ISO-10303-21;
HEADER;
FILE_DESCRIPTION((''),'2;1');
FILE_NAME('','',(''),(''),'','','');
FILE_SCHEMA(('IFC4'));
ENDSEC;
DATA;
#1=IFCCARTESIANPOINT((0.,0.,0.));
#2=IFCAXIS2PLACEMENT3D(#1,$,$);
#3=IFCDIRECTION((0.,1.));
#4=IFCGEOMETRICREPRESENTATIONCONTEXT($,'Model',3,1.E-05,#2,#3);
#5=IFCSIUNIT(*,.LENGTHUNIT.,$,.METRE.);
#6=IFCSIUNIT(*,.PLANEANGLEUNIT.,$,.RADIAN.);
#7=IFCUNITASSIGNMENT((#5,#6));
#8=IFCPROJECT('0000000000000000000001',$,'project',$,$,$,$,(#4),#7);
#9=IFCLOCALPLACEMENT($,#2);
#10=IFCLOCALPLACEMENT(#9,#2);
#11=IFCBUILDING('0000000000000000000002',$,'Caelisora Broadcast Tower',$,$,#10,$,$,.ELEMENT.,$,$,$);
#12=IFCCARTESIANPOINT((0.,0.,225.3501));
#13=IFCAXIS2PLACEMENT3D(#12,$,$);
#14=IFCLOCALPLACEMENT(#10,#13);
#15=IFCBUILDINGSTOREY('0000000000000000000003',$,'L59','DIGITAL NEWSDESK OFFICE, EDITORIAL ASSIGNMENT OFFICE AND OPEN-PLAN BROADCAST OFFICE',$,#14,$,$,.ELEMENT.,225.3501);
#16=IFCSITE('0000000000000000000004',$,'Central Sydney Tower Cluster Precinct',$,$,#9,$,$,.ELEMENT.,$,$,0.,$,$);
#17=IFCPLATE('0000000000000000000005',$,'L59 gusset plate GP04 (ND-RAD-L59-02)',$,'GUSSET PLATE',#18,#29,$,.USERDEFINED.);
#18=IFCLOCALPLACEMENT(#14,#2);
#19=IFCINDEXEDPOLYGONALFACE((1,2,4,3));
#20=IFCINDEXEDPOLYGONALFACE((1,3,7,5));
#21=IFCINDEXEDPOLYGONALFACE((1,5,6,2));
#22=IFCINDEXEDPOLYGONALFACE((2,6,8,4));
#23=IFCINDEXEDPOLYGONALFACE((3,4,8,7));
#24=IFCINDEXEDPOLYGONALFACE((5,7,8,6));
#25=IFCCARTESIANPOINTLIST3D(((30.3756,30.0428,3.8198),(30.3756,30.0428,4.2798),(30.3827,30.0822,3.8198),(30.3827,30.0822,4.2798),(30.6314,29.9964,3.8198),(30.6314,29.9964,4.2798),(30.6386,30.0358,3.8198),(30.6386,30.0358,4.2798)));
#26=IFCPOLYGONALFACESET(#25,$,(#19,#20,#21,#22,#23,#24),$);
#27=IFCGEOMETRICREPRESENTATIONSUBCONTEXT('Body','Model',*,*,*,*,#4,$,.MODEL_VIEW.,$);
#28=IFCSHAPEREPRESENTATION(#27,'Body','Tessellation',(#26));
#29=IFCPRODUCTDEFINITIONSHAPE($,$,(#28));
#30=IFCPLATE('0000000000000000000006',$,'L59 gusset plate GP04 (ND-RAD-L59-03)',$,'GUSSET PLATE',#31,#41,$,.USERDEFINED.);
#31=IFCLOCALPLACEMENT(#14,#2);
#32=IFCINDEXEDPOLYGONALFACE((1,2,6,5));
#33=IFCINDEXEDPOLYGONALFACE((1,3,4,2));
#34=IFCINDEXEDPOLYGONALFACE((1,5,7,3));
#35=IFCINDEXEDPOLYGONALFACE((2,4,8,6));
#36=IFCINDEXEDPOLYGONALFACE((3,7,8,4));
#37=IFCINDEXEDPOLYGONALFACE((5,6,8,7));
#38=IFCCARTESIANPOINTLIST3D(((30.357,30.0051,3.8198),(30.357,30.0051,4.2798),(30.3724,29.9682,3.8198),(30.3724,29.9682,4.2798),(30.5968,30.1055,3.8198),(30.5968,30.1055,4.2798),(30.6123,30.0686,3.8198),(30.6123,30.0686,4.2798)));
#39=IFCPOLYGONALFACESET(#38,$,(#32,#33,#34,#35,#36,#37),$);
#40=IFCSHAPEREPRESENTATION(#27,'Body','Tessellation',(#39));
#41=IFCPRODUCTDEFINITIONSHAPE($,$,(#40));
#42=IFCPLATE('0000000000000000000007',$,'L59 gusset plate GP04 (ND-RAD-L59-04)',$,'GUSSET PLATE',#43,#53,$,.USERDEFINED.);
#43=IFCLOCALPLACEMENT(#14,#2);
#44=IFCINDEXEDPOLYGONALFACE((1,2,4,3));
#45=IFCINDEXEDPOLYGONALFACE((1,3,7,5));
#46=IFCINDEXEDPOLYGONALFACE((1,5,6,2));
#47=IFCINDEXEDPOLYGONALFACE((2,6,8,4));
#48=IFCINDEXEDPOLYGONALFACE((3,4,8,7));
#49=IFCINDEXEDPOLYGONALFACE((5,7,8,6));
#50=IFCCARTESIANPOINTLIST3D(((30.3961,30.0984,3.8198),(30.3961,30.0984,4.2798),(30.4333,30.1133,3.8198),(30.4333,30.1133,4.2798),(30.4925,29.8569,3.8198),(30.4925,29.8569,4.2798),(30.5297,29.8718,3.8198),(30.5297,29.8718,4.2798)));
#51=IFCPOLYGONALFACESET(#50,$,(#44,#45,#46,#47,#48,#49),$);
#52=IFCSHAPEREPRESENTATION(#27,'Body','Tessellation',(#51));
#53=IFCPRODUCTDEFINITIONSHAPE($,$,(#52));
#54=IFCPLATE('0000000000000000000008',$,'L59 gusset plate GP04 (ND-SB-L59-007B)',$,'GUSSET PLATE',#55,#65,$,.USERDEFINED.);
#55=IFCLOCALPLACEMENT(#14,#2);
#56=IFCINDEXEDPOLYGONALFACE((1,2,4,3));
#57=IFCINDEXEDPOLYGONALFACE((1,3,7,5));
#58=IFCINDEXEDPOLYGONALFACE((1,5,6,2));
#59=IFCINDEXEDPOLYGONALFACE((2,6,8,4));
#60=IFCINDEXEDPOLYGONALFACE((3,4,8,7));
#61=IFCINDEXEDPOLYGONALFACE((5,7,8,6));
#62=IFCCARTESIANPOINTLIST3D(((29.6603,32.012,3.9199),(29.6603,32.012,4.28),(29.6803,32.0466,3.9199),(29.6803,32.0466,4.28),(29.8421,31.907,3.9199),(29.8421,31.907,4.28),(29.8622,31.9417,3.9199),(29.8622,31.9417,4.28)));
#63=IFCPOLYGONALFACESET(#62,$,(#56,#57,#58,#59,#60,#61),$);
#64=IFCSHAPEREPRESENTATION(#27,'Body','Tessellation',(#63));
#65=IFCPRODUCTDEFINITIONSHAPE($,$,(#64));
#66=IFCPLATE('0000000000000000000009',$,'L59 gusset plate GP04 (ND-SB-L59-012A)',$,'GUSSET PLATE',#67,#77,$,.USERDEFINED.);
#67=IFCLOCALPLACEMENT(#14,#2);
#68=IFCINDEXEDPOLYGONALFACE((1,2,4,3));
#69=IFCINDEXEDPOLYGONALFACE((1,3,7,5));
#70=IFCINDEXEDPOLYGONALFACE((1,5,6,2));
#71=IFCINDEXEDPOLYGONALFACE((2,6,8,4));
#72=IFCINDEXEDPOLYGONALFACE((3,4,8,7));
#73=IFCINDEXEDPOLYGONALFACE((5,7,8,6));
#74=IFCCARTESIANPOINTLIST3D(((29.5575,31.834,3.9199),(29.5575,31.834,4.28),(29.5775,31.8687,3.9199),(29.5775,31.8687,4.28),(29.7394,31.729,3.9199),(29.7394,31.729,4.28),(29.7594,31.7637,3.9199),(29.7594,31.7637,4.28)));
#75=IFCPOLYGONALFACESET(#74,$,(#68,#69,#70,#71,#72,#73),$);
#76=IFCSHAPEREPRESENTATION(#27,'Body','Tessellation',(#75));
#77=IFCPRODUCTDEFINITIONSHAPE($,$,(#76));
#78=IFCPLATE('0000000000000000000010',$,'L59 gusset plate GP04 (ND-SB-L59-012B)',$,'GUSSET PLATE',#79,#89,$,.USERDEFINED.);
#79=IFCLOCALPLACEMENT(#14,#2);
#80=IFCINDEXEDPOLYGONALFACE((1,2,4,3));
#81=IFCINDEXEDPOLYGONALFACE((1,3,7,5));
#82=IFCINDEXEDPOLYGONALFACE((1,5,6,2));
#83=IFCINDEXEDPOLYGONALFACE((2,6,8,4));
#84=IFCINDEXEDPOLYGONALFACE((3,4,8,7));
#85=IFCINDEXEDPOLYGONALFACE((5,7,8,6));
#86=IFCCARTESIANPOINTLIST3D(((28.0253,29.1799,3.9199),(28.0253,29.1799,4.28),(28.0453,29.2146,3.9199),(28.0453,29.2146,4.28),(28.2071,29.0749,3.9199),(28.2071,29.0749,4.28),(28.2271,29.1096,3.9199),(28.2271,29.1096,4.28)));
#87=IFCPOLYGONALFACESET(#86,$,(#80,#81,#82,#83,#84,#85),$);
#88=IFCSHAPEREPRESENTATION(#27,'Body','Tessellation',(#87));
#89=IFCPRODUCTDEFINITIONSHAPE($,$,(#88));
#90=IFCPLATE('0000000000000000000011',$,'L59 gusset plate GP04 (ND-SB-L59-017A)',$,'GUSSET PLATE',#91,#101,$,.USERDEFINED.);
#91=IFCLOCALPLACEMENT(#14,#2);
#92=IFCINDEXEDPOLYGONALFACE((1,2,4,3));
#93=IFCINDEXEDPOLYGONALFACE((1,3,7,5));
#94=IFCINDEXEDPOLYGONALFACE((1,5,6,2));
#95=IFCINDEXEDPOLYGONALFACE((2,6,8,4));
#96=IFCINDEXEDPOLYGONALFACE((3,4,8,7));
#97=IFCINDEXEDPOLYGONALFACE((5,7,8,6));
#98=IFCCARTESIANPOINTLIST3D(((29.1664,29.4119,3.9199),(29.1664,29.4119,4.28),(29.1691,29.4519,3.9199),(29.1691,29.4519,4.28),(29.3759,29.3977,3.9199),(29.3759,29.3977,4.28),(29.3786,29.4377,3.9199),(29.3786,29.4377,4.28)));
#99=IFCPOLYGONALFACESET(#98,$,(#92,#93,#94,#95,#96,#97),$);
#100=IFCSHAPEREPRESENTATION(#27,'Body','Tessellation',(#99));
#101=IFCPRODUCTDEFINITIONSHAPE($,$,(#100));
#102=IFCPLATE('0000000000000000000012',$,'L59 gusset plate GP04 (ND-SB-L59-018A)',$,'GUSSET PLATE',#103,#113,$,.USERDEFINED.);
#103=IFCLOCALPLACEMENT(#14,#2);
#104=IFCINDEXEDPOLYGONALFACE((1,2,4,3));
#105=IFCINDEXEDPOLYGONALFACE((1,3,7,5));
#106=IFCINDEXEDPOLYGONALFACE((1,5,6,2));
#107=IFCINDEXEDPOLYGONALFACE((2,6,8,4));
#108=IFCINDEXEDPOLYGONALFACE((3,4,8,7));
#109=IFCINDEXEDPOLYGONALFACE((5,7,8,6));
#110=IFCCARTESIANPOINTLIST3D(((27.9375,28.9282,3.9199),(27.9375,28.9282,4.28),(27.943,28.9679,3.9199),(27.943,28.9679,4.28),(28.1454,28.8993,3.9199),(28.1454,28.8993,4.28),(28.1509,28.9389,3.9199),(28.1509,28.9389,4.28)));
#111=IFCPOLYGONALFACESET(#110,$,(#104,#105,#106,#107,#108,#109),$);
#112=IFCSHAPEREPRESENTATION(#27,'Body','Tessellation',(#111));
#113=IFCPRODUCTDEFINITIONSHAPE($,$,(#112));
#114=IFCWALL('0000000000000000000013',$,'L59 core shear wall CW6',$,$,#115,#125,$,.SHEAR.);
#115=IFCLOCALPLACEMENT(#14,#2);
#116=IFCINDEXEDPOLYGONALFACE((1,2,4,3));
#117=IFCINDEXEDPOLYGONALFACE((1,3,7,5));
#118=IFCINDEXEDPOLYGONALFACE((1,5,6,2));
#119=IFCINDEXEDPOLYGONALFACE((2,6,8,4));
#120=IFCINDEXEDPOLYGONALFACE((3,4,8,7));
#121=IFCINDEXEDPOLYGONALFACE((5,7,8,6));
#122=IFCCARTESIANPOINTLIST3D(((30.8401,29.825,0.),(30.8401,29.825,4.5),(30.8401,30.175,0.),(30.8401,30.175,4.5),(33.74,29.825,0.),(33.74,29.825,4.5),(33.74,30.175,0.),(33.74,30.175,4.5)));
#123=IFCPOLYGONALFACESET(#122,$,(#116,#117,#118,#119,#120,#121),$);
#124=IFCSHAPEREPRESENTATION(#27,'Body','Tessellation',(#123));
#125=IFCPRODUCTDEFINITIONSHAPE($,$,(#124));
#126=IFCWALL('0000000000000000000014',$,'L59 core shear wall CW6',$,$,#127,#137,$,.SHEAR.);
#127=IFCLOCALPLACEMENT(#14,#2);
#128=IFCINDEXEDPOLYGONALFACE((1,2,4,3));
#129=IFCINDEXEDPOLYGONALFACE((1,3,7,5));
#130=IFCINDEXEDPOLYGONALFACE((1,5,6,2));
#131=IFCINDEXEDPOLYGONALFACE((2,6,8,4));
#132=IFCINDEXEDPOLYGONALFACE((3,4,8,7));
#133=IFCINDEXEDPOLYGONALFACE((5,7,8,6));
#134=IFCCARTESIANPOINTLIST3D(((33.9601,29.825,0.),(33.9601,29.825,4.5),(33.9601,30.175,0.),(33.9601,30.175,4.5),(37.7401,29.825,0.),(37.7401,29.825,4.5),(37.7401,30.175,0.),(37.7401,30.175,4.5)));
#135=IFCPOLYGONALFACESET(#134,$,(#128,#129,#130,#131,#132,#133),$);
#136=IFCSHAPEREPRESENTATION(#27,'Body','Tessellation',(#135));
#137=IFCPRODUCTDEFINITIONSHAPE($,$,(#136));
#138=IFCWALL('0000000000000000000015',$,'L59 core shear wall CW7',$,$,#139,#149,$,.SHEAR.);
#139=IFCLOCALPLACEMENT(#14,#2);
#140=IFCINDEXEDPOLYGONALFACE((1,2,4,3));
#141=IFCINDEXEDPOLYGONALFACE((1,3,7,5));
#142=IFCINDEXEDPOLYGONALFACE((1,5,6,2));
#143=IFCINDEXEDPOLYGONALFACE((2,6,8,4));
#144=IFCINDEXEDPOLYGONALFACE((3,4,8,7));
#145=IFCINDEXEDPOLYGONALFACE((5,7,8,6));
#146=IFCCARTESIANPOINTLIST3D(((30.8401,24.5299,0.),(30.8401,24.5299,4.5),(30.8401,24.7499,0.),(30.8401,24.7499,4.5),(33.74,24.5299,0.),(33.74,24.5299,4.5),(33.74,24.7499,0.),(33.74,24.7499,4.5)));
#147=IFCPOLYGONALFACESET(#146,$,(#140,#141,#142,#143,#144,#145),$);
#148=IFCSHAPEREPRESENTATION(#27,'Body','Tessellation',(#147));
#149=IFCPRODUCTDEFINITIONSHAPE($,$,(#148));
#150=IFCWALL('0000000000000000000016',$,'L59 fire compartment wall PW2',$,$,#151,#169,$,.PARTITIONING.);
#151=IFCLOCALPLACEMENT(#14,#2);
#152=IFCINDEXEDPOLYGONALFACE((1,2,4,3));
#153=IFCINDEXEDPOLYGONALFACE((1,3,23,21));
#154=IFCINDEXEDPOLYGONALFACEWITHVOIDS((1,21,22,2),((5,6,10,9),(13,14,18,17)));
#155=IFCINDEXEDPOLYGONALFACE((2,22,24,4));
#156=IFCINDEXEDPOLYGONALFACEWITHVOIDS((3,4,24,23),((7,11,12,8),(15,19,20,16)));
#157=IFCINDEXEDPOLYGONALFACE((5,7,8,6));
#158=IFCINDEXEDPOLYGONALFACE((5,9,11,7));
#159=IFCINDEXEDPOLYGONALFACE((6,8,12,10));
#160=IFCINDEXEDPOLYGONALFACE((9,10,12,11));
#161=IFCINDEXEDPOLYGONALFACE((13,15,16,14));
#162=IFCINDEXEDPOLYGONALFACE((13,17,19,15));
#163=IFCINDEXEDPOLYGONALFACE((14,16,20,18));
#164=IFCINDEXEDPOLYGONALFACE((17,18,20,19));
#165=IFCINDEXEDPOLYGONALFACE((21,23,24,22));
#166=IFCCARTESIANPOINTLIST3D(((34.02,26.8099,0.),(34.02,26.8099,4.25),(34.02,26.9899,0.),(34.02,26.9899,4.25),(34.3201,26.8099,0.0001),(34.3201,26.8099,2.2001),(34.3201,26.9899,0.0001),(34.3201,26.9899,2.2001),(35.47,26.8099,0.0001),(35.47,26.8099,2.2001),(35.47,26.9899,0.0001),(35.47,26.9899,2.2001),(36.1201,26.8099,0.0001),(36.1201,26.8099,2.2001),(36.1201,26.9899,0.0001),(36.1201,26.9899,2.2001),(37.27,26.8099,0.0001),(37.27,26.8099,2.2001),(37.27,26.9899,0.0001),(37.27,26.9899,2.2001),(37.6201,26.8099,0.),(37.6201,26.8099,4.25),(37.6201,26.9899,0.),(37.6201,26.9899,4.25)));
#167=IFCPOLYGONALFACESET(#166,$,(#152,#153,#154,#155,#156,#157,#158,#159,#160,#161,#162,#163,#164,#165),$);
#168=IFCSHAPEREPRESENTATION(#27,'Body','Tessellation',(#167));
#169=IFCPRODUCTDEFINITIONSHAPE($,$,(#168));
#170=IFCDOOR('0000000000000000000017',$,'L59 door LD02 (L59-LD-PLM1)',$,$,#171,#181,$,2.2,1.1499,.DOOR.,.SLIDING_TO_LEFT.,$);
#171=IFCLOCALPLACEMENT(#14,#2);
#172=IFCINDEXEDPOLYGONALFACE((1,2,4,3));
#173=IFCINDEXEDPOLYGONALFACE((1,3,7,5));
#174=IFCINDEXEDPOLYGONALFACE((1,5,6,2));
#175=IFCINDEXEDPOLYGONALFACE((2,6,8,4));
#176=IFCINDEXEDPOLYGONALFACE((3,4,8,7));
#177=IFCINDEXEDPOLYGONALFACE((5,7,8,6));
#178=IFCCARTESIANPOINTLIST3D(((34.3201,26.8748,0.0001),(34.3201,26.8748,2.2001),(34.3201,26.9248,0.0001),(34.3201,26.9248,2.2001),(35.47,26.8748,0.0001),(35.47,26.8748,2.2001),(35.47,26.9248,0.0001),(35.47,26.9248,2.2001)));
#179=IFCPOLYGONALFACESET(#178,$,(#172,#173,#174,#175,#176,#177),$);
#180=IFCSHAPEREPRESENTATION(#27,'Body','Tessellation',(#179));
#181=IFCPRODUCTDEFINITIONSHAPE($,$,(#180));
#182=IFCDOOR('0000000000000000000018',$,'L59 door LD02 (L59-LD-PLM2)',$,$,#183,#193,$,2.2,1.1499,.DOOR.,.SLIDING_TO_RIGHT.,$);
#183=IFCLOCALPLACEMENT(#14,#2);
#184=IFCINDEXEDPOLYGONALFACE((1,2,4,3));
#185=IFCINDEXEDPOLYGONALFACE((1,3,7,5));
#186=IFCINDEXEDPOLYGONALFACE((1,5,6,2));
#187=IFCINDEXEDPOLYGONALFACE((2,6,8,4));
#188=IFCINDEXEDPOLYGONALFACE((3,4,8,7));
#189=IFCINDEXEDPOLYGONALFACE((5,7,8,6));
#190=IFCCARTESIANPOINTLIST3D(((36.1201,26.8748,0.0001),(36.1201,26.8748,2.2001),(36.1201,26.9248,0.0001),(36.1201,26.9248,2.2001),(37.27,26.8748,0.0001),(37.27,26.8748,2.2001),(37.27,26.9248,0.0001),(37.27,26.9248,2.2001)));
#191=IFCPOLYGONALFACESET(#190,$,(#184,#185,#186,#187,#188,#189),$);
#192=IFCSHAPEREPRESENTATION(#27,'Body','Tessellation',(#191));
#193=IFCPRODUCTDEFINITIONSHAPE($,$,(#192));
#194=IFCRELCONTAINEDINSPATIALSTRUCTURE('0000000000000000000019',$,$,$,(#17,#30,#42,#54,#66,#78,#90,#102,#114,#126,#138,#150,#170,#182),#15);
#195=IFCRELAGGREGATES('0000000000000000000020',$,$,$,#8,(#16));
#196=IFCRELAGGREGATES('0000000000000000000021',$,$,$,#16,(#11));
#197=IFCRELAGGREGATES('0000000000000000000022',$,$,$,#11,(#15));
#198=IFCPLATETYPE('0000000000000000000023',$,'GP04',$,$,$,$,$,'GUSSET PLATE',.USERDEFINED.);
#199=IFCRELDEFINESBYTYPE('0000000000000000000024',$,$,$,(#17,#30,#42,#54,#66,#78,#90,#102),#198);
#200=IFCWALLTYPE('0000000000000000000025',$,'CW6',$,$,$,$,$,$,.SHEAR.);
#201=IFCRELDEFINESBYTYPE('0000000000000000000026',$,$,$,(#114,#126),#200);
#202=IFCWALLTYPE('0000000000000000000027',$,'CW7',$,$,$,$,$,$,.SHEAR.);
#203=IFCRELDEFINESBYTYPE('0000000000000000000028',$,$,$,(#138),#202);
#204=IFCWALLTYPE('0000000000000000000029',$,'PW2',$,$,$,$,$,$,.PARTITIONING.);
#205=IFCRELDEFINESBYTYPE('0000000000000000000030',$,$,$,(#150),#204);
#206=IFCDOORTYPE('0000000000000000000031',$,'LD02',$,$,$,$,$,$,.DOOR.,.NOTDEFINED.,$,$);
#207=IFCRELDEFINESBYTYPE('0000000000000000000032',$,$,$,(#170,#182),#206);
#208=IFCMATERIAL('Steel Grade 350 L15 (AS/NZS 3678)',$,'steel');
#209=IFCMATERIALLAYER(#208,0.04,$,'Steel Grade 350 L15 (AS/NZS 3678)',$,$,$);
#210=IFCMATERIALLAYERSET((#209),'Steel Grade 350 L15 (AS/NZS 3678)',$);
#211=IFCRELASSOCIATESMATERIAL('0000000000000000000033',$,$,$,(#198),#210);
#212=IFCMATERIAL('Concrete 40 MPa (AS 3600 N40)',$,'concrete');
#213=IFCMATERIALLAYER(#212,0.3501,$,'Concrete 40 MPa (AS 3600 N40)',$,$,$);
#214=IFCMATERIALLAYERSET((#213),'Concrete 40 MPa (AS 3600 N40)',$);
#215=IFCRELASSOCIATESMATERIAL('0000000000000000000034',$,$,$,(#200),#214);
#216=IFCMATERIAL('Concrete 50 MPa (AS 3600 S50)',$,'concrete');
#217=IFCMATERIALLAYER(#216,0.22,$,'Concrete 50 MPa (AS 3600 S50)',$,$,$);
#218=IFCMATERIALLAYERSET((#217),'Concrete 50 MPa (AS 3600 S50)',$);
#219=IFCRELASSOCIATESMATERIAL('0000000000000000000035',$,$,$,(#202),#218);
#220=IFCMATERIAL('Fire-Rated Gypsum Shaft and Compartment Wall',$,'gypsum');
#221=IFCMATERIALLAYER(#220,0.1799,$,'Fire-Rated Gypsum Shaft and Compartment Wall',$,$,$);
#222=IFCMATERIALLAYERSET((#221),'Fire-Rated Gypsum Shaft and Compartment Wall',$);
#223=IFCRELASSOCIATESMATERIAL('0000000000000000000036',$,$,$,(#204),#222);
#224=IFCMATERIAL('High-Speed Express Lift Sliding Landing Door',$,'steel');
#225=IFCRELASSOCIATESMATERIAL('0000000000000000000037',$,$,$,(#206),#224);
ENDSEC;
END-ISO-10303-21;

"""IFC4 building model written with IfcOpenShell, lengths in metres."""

from ifc_helpers import new_model, si_unit, direction, frame, frame_2d, origin, origin_2d, place, context, subcontext, project, spatial, rectangle, extrude, source, transform, mapped, material, layer, layer_set, type_object, type_shapes, element, fill, save


model = new_model("IFC4")

# Units and contexts
model_context = context("Model", 3, precision=1e-05, world=origin(), true_north=direction((0.0, 1.0)))
body_context = subcontext(model_context, "Body", "Model", "MODEL_VIEW")
ifc_project = project(units=[si_unit("LENGTHUNIT", "METRE"), si_unit("PLANEANGLEUNIT", "RADIAN")], contexts=[model_context])

# Site, building, storey
site_placement = place(None, origin())
site = spatial("IfcSite", under=ifc_project, at=site_placement, Name="Central Sydney Tower Cluster Precinct", CompositionType="ELEMENT", RefElevation=0.0)
building_placement = place(site_placement, origin())
building = spatial("IfcBuilding", under=site, at=building_placement, Name="Caelisora Broadcast Tower", CompositionType="ELEMENT")
storey_placement = place(building_placement, frame((0.0, 0.0, 225.3501)))
storey = spatial("IfcBuildingStorey", under=building, at=storey_placement, Name="L59", Description="DIGITAL NEWSDESK OFFICE, EDITORIAL ASSIGNMENT OFFICE AND OPEN-PLAN BROADCAST OFFICE", CompositionType="ELEMENT", Elevation=225.3501)

# Plates
ifc_material_1 = material(Name="Steel Grade 350 L15 (AS/NZS 3678)", Category="steel")
ifc_layer_1 = layer(ifc_material_1, 0.04, Name="Steel Grade 350 L15 (AS/NZS 3678)")
ifc_layer_set_1 = layer_set([ifc_layer_1], Name="Steel Grade 350 L15 (AS/NZS 3678)")
plate_type = type_object("IfcPlateType", Name="GP04", ElementType="GUSSET PLATE", PredefinedType="USERDEFINED", material=ifc_layer_set_1)
shared_shape_1 = source(origin(), body_context, "Body", "SweptSolid", [
    extrude(rectangle(XDim=0.26, YDim=0.04, at=origin_2d()), origin(), (0.0, 0.0, 1.0), 0.46),
])
for number, where, z_axis, x_axis, name in (
    (1, (30.5071, 30.0393, 3.8198), (0.0, 0.0, 1.0), (-0.983916, 0.17863, 0.0), "L59 gusset plate GP04 (ND-RAD-L59-02)"),
    (2, (30.4846, 30.0369, 3.8198), (0.0, 0.0, 1.0), (-0.922471, -0.386067, 0.0), "L59 gusset plate GP04 (ND-RAD-L59-03)"),
    (3, (30.4629, 29.9851, 3.8198), (0.0, 0.0, 1.0), (0.37072, -0.928745, 0.0), "L59 gusset plate GP04 (ND-RAD-L59-04)"),
):
    element("IfcPlate", number, at=place(storey_placement, frame(where, z_axis=z_axis, x_axis=x_axis)), inside=storey, type_object=plate_type, Name=name, ObjectType="GUSSET PLATE", PredefinedType="USERDEFINED", context=body_context, shape_type="MappedRepresentation", body=[
        mapped(shared_shape_1, transform((0.0, 0.0, 0.0), scale=1.0)),
    ])
shared_shape_2 = source(origin(), body_context, "Body", "SweptSolid", [
    extrude(rectangle(XDim=0.21, YDim=0.04, at=origin_2d()), origin(), (0.0, 0.0, 1.0), 0.3601),
])
type_shapes(plate_type, [shared_shape_1, shared_shape_2])
for number, where, z_axis, x_axis, name in (
    (4, (29.7612, 31.9768, 3.9199), (0.0, 0.0, 1.0), (0.866025, -0.5, 0.0), "L59 gusset plate GP04 (ND-SB-L59-007B)"),
    (5, (29.6584, 31.7988, 3.9199), (0.0, 0.0, 1.0), (0.866025, -0.5, 0.0), "L59 gusset plate GP04 (ND-SB-L59-012A)"),
    (6, (28.1262, 29.1448, 3.9199), (0.0, 0.0, 1.0), (0.866025, -0.5, 0.0), "L59 gusset plate GP04 (ND-SB-L59-012B)"),
    (7, (29.2725, 29.4248, 3.9199), (0.0, 0.0, 1.0), (0.99772, -0.067493, 0.0), "L59 gusset plate GP04 (ND-SB-L59-017A)"),
    (8, (28.0442, 28.9336, 3.9199), (0.0, 0.0, 1.0), (0.990437, -0.137963, 0.0), "L59 gusset plate GP04 (ND-SB-L59-018A)"),
):
    element("IfcPlate", number, at=place(storey_placement, frame(where, z_axis=z_axis, x_axis=x_axis)), inside=storey, type_object=plate_type, Name=name, ObjectType="GUSSET PLATE", PredefinedType="USERDEFINED", context=body_context, shape_type="MappedRepresentation", body=[
        mapped(shared_shape_2, transform((0.0, 0.0, 0.0), scale=1.0)),
    ])

# Walls
ifc_material_2 = material(Name="Concrete 40 MPa (AS 3600 N40)", Category="concrete")
ifc_layer_2 = layer(ifc_material_2, 0.3501, Name="Concrete 40 MPa (AS 3600 N40)")
ifc_layer_set_2 = layer_set([ifc_layer_2], Name="Concrete 40 MPa (AS 3600 N40)")
wall_type_1 = type_object("IfcWallType", Name="CW6", PredefinedType="SHEAR", material=ifc_layer_set_2)
wall_1_placement = place(storey_placement, frame((30.8401, 30.0, 0.0), z_axis=(0.0, 0.0, 1.0), x_axis=(1.0, 0.0, 0.0)))
element("IfcWall", 9, at=wall_1_placement, inside=storey, type_object=wall_type_1, Name="L59 core shear wall CW6", PredefinedType="SHEAR", context=body_context, shape_type="SweptSolid", body=[
    extrude(rectangle(XDim=2.8999, YDim=0.3501, at=frame_2d((1.45, 0.0))), origin(), (0.0, 0.0, 1.0), 4.5),
])
wall_2_placement = place(storey_placement, frame((33.96, 30.0, 0.0), z_axis=(0.0, 0.0, 1.0), x_axis=(1.0, 0.0, 0.0)))
element("IfcWall", 10, at=wall_2_placement, inside=storey, type_object=wall_type_1, Name="L59 core shear wall CW6", PredefinedType="SHEAR", context=body_context, shape_type="SweptSolid", body=[
    extrude(rectangle(XDim=3.78, YDim=0.3501, at=frame_2d((1.8901, 0.0))), origin(), (0.0, 0.0, 1.0), 4.5),
])
ifc_material_3 = material(Name="Concrete 50 MPa (AS 3600 S50)", Category="concrete")
ifc_layer_3 = layer(ifc_material_3, 0.22, Name="Concrete 50 MPa (AS 3600 S50)")
ifc_layer_set_3 = layer_set([ifc_layer_3], Name="Concrete 50 MPa (AS 3600 S50)")
wall_type_2 = type_object("IfcWallType", Name="CW7", PredefinedType="SHEAR", material=ifc_layer_set_3)
wall_3_placement = place(storey_placement, frame((30.8401, 24.6399, 0.0), z_axis=(0.0, 0.0, 1.0), x_axis=(1.0, 0.0, 0.0)))
element("IfcWall", 11, at=wall_3_placement, inside=storey, type_object=wall_type_2, Name="L59 core shear wall CW7", PredefinedType="SHEAR", context=body_context, shape_type="SweptSolid", body=[
    extrude(rectangle(XDim=2.8999, YDim=0.22, at=frame_2d((1.45, 0.0))), origin(), (0.0, 0.0, 1.0), 4.5),
])

# Wall, openings, doors
ifc_material_4 = material(Name="Fire-Rated Gypsum Shaft and Compartment Wall", Category="gypsum")
ifc_layer_4 = layer(ifc_material_4, 0.1799, Name="Fire-Rated Gypsum Shaft and Compartment Wall")
ifc_layer_set_4 = layer_set([ifc_layer_4], Name="Fire-Rated Gypsum Shaft and Compartment Wall")
wall_type_3 = type_object("IfcWallType", Name="PW2", PredefinedType="PARTITIONING", material=ifc_layer_set_4)
wall_4_placement = place(storey_placement, frame((34.02, 26.8999, 0.0), z_axis=(0.0, 0.0, 1.0), x_axis=(1.0, 0.0, 0.0)))
wall_4 = element("IfcWall", 12, at=wall_4_placement, inside=storey, type_object=wall_type_3, Name="L59 fire compartment wall PW2", PredefinedType="PARTITIONING", context=body_context, shape_type="SweptSolid", body=[
    extrude(rectangle(XDim=3.6001, YDim=0.1799, at=frame_2d((1.8, 0.0))), origin(), (0.0, 0.0, 1.0), 4.25),
])
opening_1_placement = place(wall_4_placement, frame((0.3, 0.0, 0.0)))
opening_1 = element("IfcOpeningElement", 13, at=opening_1_placement, cuts=wall_4, PredefinedType="OPENING", context=body_context, shape_type="SweptSolid", body=[
    extrude(rectangle(XDim=1.1499, YDim=2.2, at=frame_2d((0.575, 1.1001))), frame((0.0, 0.1021, 0.0), z_axis=(0.0, -1.0, 0.0), x_axis=(1.0, 0.0, 0.0)), (0.0, 0.0, 1.0), 0.2039),
])
opening_2_placement = place(wall_4_placement, frame((2.1001, 0.0, 0.0)))
opening_2 = element("IfcOpeningElement", 14, at=opening_2_placement, cuts=wall_4, PredefinedType="OPENING", context=body_context, shape_type="SweptSolid", body=[
    extrude(rectangle(XDim=1.1499, YDim=2.2, at=frame_2d((0.575, 1.1001))), frame((0.0, 0.1021, 0.0), z_axis=(0.0, -1.0, 0.0), x_axis=(1.0, 0.0, 0.0)), (0.0, 0.0, 1.0), 0.2039),
])
ifc_material_5 = material(Name="High-Speed Express Lift Sliding Landing Door", Category="steel")
door_type = type_object("IfcDoorType", Name="LD02", OperationType="NOTDEFINED", PredefinedType="DOOR", material=ifc_material_5)
door_1_placement = place(opening_1_placement, origin())
door_1 = element("IfcDoor", 15, at=door_1_placement, inside=storey, type_object=door_type, Name="L59 door LD02 (L59-LD-PLM1)", OperationType="SLIDING_TO_LEFT", OverallHeight=2.2, OverallWidth=1.1499, PredefinedType="DOOR", context=body_context, shape_type="SweptSolid", body=[
    extrude(rectangle(XDim=1.1499, YDim=2.2, at=frame_2d((0.575, 1.1001))), frame((0.0, 0.0249, 0.0), z_axis=(0.0, -1.0, 0.0), x_axis=(1.0, 0.0, 0.0)), (0.0, 0.0, 1.0), 0.05),
])
fill(opening_1, door_1)
door_2_placement = place(opening_2_placement, origin())
door_2 = element("IfcDoor", 16, at=door_2_placement, inside=storey, type_object=door_type, Name="L59 door LD02 (L59-LD-PLM2)", OperationType="SLIDING_TO_RIGHT", OverallHeight=2.2, OverallWidth=1.1499, PredefinedType="DOOR", context=body_context, shape_type="SweptSolid", body=[
    extrude(rectangle(XDim=1.1499, YDim=2.2, at=frame_2d((0.575, 1.1001))), frame((0.0, 0.0249, 0.0), z_axis=(0.0, -1.0, 0.0), x_axis=(1.0, 0.0, 0.0)), (0.0, 0.0, 1.0), 0.05),
])
fill(opening_2, door_2)

save(model, "model.ifc")
